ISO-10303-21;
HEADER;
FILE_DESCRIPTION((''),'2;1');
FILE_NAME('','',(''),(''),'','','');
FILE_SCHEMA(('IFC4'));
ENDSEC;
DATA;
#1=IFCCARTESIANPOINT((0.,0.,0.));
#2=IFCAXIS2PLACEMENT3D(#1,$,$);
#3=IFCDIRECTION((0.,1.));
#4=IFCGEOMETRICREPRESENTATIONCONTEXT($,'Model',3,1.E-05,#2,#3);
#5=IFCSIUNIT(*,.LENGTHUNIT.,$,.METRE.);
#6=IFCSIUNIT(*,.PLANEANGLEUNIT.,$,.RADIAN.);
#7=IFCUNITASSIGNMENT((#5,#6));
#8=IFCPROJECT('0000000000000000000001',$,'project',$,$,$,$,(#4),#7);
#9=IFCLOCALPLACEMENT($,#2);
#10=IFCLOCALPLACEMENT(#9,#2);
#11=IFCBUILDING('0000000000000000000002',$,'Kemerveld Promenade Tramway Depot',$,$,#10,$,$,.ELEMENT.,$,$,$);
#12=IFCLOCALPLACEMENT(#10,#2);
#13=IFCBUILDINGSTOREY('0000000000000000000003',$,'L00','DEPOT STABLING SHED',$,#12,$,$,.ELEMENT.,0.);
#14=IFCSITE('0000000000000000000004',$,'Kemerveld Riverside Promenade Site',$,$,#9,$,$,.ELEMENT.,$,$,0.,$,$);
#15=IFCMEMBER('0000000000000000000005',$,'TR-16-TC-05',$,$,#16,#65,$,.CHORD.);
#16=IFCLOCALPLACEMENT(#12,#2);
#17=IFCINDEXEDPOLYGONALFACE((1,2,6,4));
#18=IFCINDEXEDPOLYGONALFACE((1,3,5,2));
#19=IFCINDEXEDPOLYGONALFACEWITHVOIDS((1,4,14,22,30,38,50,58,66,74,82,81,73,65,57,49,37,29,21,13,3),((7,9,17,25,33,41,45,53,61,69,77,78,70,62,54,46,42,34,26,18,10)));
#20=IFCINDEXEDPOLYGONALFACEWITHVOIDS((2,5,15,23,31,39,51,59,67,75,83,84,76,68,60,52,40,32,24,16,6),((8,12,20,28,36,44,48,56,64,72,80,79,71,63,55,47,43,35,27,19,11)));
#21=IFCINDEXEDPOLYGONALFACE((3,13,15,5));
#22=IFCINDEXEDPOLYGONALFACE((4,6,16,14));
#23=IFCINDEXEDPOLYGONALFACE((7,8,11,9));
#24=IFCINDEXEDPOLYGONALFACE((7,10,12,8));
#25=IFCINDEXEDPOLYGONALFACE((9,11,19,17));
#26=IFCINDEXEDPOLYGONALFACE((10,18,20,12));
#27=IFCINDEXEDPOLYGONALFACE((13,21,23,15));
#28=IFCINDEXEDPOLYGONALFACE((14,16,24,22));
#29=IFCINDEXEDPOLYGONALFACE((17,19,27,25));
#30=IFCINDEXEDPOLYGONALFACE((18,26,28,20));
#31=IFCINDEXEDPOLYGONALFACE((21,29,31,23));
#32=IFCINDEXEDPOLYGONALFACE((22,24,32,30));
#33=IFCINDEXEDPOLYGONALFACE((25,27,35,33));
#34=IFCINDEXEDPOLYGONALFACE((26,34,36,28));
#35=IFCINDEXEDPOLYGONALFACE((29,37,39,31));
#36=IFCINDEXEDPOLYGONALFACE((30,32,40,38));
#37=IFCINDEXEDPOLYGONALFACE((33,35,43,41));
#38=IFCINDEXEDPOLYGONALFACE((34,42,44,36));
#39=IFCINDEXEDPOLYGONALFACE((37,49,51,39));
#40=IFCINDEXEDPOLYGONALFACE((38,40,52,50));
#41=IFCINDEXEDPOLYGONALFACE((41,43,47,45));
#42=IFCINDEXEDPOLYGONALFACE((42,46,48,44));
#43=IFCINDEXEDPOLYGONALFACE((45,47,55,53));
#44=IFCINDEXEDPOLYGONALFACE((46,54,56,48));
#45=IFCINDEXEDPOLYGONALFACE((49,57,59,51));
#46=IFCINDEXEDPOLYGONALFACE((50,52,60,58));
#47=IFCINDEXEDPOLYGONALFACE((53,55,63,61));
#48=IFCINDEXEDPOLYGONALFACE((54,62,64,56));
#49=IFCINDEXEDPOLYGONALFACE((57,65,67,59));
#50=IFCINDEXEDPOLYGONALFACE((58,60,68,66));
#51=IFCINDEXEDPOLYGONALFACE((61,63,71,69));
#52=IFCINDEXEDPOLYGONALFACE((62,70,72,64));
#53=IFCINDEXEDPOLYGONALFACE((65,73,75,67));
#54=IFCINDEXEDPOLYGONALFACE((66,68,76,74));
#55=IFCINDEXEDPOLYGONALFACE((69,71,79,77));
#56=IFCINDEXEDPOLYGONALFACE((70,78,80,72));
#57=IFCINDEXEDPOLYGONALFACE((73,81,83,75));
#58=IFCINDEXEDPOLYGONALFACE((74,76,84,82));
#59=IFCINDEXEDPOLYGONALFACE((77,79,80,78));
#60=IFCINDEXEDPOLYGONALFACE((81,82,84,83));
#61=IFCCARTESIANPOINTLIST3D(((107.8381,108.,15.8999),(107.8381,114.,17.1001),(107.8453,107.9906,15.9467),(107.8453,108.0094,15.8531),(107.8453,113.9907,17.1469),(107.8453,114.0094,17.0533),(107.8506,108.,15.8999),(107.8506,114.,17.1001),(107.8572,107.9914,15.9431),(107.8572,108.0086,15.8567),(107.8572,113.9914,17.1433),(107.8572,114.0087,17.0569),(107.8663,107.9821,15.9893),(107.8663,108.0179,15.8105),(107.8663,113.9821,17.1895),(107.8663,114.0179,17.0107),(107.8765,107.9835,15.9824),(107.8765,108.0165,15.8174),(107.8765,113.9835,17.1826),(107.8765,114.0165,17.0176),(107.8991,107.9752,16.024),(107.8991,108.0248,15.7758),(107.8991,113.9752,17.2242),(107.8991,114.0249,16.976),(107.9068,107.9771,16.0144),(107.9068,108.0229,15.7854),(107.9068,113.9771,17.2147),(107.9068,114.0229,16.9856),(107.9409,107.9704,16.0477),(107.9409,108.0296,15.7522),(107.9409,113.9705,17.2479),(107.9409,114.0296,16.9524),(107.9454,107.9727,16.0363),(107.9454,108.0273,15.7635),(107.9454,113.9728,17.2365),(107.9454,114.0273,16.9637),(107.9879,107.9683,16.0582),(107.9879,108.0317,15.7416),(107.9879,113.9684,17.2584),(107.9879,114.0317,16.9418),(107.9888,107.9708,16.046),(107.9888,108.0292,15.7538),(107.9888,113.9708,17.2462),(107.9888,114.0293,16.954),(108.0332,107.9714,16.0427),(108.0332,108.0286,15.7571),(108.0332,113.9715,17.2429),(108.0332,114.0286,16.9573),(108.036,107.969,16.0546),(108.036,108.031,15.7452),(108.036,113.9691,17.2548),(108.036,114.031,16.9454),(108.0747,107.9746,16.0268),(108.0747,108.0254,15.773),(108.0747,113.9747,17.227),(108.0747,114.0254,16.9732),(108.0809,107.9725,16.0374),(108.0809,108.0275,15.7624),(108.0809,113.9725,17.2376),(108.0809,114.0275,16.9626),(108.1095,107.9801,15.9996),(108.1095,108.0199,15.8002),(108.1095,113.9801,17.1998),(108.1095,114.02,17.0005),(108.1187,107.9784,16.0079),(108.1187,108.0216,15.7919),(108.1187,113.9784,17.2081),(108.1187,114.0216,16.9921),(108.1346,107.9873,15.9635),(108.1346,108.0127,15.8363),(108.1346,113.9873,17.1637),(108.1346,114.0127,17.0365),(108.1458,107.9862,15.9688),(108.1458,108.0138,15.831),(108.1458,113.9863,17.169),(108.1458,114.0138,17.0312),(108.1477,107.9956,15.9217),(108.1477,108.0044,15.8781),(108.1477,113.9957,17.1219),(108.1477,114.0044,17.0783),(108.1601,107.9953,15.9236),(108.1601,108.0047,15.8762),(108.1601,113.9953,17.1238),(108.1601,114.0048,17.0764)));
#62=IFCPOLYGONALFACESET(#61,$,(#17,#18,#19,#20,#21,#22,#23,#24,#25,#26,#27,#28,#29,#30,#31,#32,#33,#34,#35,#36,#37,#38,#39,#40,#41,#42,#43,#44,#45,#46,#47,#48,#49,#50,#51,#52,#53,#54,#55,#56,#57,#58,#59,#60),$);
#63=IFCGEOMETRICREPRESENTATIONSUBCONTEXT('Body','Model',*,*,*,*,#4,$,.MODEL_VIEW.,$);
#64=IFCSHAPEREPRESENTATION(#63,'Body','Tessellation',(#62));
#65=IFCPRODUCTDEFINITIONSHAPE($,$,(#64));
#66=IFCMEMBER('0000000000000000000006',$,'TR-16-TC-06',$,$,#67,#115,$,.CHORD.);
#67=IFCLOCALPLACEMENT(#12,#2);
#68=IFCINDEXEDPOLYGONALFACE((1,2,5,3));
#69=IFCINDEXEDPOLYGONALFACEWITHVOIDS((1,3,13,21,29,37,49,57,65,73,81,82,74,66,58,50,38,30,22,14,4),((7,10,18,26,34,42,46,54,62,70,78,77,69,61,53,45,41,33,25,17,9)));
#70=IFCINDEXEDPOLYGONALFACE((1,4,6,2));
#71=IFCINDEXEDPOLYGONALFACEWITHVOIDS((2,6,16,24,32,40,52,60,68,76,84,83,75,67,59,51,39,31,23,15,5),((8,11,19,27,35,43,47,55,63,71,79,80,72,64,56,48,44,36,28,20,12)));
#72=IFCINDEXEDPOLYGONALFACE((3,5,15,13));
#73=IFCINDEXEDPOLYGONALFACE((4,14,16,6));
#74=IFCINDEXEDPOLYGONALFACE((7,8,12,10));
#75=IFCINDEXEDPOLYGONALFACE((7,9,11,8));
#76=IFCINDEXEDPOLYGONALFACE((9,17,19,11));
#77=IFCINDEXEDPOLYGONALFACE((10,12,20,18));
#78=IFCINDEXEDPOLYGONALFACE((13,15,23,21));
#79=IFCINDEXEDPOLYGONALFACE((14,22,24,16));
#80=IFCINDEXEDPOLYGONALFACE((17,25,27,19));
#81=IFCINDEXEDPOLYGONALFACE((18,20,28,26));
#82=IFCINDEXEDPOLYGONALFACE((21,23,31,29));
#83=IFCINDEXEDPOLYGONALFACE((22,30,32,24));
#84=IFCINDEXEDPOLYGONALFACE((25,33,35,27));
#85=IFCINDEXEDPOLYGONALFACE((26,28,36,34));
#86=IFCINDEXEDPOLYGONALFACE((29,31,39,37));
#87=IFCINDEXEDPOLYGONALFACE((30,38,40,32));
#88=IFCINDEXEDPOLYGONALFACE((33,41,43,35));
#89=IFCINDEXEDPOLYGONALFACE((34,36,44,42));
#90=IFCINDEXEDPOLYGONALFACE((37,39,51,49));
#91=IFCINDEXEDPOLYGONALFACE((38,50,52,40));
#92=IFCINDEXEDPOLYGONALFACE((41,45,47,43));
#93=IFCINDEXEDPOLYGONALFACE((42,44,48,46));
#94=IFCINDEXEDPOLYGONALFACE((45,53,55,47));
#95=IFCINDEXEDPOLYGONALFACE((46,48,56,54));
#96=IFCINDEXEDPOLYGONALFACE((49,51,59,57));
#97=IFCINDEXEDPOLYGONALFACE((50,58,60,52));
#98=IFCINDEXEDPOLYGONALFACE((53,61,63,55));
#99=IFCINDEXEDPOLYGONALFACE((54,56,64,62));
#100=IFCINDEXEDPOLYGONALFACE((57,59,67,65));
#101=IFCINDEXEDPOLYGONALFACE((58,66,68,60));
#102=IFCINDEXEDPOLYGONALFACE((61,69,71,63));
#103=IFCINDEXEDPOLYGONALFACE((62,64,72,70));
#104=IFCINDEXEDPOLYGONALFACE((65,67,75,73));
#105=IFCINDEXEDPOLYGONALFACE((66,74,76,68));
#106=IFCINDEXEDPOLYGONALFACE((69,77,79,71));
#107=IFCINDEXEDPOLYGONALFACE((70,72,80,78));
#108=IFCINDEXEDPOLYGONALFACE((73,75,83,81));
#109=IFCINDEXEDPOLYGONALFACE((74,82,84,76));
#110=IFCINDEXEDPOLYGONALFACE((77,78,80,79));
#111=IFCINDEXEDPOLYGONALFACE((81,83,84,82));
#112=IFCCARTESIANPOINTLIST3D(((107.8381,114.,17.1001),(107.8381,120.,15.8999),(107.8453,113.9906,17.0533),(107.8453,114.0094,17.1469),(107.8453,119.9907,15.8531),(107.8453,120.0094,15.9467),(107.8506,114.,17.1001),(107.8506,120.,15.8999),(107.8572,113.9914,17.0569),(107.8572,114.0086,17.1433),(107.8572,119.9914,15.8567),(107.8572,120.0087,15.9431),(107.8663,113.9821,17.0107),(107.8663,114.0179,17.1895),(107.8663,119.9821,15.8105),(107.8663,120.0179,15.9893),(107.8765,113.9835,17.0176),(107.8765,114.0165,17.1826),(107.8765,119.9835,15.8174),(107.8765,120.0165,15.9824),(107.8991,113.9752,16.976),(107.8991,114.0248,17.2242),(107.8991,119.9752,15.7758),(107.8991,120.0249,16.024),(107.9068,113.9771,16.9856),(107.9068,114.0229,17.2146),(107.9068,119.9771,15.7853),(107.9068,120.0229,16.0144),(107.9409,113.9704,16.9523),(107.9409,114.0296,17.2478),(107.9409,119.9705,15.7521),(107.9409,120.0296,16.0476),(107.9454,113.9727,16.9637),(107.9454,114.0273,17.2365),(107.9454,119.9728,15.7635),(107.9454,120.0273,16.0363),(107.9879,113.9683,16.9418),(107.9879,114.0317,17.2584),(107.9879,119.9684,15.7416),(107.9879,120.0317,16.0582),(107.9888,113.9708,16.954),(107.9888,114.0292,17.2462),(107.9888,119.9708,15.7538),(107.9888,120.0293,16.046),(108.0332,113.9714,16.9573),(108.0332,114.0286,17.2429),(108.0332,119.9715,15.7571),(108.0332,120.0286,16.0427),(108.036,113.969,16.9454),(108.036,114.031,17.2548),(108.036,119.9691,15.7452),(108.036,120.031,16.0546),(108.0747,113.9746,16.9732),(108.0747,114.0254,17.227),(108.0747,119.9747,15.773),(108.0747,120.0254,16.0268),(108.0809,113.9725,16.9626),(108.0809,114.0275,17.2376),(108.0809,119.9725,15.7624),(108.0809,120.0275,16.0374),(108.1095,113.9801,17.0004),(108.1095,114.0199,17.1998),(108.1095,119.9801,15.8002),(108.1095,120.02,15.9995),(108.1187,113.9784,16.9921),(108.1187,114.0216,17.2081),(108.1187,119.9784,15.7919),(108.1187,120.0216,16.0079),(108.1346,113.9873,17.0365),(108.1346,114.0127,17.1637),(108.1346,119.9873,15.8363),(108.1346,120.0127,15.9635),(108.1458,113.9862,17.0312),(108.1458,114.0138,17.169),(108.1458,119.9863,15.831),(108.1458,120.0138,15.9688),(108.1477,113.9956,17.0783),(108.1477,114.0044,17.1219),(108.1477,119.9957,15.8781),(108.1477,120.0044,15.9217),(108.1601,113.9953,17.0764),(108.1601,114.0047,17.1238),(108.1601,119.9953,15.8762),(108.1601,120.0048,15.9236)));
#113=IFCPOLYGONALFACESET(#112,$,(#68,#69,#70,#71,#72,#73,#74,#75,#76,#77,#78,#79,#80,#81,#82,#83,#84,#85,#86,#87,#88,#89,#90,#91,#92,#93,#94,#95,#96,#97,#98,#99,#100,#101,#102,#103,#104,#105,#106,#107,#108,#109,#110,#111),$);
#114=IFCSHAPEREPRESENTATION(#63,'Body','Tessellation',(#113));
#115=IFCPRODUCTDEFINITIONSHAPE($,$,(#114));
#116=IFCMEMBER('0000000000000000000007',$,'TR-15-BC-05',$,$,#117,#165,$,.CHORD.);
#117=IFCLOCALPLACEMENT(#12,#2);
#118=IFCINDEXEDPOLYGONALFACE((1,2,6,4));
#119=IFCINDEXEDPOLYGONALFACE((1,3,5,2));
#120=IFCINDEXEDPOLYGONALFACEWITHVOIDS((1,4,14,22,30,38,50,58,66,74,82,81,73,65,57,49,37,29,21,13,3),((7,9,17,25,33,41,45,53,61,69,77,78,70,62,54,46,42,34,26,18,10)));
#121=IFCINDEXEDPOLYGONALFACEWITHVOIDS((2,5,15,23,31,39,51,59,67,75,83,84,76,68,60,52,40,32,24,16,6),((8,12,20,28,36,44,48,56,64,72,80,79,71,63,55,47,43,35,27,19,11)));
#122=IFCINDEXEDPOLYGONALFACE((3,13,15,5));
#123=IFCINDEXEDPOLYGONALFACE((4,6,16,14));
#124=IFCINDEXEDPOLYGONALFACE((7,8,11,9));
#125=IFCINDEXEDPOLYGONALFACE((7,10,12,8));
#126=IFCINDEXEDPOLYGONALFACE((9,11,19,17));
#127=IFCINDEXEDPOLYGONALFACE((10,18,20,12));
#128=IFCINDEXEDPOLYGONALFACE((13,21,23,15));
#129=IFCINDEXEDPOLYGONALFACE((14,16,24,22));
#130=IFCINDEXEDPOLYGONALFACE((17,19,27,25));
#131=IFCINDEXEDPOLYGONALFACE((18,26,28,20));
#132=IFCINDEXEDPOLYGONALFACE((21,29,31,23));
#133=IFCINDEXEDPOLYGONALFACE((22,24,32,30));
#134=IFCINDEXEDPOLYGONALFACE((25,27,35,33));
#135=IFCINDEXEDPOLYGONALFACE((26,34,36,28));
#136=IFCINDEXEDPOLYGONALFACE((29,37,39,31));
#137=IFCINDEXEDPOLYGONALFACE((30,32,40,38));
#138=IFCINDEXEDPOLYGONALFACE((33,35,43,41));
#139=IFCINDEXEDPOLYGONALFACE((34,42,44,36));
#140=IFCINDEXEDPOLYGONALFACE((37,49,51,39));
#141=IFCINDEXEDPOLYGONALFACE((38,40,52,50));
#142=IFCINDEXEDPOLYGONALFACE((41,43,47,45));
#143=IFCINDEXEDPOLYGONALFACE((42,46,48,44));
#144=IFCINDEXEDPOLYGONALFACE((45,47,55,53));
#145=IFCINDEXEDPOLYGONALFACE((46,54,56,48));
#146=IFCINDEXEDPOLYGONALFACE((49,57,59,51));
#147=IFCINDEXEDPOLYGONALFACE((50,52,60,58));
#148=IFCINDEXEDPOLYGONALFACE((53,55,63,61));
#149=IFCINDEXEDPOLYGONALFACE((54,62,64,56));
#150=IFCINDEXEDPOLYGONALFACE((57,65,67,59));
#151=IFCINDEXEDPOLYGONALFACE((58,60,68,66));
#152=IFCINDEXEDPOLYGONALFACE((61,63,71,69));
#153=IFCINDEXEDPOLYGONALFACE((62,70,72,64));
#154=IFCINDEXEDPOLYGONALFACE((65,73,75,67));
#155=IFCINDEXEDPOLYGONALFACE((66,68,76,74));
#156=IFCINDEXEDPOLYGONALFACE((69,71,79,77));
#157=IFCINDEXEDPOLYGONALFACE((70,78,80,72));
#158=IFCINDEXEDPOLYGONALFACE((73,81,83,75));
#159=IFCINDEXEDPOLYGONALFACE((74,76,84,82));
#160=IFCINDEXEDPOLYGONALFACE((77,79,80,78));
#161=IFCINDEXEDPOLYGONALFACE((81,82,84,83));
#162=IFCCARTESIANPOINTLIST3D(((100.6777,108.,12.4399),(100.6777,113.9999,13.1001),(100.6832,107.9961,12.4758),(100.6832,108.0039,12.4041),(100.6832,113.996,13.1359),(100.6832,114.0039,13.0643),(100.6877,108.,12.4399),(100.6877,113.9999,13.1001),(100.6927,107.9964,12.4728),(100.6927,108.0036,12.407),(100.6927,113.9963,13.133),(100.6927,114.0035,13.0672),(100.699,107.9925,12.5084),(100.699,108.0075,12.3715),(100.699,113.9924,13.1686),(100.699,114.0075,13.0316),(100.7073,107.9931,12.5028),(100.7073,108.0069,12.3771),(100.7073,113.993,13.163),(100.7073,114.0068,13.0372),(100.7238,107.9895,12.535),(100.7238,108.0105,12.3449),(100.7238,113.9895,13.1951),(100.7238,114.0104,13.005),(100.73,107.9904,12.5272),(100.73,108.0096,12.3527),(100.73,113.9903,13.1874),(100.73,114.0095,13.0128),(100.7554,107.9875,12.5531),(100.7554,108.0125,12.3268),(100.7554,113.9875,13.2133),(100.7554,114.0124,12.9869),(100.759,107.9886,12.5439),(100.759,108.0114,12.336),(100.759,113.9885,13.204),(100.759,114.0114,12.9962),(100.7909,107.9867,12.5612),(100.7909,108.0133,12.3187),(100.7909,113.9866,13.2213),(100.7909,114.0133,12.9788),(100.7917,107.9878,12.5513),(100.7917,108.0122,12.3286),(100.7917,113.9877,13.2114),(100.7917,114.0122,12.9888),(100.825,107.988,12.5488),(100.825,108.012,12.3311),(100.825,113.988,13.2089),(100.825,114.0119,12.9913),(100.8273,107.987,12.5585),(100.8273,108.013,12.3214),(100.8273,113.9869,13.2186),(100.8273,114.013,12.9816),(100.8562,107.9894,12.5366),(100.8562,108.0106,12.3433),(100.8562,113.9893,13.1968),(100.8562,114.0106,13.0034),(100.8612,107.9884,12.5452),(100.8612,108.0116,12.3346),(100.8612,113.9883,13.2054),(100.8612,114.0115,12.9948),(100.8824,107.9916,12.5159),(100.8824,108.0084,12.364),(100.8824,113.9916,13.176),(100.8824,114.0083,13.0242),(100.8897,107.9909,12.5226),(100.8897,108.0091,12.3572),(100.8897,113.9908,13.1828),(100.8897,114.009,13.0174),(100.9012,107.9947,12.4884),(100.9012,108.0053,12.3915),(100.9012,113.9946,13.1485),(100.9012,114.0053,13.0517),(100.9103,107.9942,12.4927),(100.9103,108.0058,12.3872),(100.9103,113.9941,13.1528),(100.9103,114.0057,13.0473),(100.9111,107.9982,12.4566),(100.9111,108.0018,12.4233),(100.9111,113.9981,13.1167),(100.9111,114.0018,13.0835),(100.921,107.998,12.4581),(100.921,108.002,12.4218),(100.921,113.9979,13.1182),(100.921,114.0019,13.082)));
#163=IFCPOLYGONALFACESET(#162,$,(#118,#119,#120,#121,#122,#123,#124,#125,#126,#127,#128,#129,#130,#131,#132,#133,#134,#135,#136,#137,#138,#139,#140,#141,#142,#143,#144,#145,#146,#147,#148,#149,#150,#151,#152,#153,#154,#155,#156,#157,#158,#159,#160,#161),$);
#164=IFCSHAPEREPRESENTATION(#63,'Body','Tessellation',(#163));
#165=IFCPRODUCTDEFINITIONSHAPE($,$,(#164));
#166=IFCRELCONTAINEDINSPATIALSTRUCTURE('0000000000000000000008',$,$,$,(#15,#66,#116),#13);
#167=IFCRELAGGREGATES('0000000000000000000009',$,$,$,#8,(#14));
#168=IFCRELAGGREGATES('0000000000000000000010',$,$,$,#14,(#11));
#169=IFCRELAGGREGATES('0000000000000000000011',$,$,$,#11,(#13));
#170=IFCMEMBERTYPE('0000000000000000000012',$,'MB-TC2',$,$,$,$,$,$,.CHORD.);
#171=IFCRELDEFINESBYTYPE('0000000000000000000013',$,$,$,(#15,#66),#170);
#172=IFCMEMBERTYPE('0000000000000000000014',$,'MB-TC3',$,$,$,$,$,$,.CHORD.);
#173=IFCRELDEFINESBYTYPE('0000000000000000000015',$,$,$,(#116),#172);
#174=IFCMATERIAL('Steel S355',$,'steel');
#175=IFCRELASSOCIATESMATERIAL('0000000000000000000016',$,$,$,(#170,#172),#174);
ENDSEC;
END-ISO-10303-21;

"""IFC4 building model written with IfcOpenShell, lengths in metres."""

from ifc_helpers import new_model, si_unit, direction, frame, origin, origin_2d, place, context, subcontext, project, spatial, hollow_circle, extrude, material, material_profile, profile_set, type_object, element, save


model = new_model("IFC4")

# Units and contexts
model_context = context("Model", 3, precision=1e-05, world=origin(), true_north=direction((0.0, 1.0)))
body_context = subcontext(model_context, "Body", "Model", "MODEL_VIEW")
ifc_project = project(units=[si_unit("LENGTHUNIT", "METRE"), si_unit("PLANEANGLEUNIT", "RADIAN")], contexts=[model_context])

# Site, building, storey
site_placement = place(None, origin())
site = spatial("IfcSite", under=ifc_project, at=site_placement, Name="Kemerveld Riverside Promenade Site", CompositionType="ELEMENT", RefElevation=0.0)
building_placement = place(site_placement, origin())
building = spatial("IfcBuilding", under=site, at=building_placement, Name="Kemerveld Promenade Tramway Depot", CompositionType="ELEMENT")
storey_placement = place(building_placement, origin())
storey = spatial("IfcBuildingStorey", under=building, at=storey_placement, Name="L00", Description="DEPOT STABLING SHED", CompositionType="ELEMENT", Elevation=0.0)

# Members
ifc_material_1 = material(Name="Steel S355", Category="steel")
ifc_material_profile_1 = material_profile(ifc_material_1, hollow_circle(Radius=0.1619, WallThickness=0.0125, at=origin_2d()), Name="323.9x12.5 CHS")
ifc_profile_set_1 = profile_set([ifc_material_profile_1], Name="Steel S355")
member_type_1 = type_object("IfcMemberType", Name="MB-TC2", PredefinedType="CHORD", material=ifc_profile_set_1)
for number, where, z_axis, x_axis, name in (
    (1, (108.0, 108.0, 15.8999), (0.0, 0.980575, 0.196147), (-1.0, 0.0, 0.0), "TR-16-TC-05"),
    (2, (108.0, 114.0, 17.1001), (0.0, 0.980575, -0.196147), (-1.0, 0.0, 0.0), "TR-16-TC-06"),
):
    element("IfcMember", number, at=place(storey_placement, frame(where, z_axis=z_axis, x_axis=x_axis)), inside=storey, type_object=member_type_1, Name=name, PredefinedType="CHORD", context=body_context, shape_type="SweptSolid", body=[
        extrude(hollow_circle(Radius=0.1619, WallThickness=0.0125, at=origin_2d()), origin(), (0.0, 0.0, 1.0), 6.1189),
    ])
ifc_material_profile_2 = material_profile(ifc_material_1, hollow_circle(Radius=0.1223, WallThickness=0.01, at=origin_2d()), Name="244.5x10.0 CHS")
ifc_profile_set_2 = profile_set([ifc_material_profile_2], Name="Steel S355")
member_type_2 = type_object("IfcMemberType", Name="MB-TC3", PredefinedType="CHORD", material=ifc_profile_set_2)
for number, where, z_axis, x_axis, name in (
    (3, (100.8, 108.0, 12.4399), (0.0, 0.994002, 0.109366), (-1.0, 0.0, 0.0), "TR-15-BC-05"),
):
    element("IfcMember", number, at=place(storey_placement, frame(where, z_axis=z_axis, x_axis=x_axis)), inside=storey, type_object=member_type_2, Name=name, PredefinedType="CHORD", context=body_context, shape_type="SweptSolid", body=[
        extrude(hollow_circle(Radius=0.1223, WallThickness=0.01, at=origin_2d()), origin(), (0.0, 0.0, 1.0), 6.0361),
    ])

save(model, "model.ifc")
